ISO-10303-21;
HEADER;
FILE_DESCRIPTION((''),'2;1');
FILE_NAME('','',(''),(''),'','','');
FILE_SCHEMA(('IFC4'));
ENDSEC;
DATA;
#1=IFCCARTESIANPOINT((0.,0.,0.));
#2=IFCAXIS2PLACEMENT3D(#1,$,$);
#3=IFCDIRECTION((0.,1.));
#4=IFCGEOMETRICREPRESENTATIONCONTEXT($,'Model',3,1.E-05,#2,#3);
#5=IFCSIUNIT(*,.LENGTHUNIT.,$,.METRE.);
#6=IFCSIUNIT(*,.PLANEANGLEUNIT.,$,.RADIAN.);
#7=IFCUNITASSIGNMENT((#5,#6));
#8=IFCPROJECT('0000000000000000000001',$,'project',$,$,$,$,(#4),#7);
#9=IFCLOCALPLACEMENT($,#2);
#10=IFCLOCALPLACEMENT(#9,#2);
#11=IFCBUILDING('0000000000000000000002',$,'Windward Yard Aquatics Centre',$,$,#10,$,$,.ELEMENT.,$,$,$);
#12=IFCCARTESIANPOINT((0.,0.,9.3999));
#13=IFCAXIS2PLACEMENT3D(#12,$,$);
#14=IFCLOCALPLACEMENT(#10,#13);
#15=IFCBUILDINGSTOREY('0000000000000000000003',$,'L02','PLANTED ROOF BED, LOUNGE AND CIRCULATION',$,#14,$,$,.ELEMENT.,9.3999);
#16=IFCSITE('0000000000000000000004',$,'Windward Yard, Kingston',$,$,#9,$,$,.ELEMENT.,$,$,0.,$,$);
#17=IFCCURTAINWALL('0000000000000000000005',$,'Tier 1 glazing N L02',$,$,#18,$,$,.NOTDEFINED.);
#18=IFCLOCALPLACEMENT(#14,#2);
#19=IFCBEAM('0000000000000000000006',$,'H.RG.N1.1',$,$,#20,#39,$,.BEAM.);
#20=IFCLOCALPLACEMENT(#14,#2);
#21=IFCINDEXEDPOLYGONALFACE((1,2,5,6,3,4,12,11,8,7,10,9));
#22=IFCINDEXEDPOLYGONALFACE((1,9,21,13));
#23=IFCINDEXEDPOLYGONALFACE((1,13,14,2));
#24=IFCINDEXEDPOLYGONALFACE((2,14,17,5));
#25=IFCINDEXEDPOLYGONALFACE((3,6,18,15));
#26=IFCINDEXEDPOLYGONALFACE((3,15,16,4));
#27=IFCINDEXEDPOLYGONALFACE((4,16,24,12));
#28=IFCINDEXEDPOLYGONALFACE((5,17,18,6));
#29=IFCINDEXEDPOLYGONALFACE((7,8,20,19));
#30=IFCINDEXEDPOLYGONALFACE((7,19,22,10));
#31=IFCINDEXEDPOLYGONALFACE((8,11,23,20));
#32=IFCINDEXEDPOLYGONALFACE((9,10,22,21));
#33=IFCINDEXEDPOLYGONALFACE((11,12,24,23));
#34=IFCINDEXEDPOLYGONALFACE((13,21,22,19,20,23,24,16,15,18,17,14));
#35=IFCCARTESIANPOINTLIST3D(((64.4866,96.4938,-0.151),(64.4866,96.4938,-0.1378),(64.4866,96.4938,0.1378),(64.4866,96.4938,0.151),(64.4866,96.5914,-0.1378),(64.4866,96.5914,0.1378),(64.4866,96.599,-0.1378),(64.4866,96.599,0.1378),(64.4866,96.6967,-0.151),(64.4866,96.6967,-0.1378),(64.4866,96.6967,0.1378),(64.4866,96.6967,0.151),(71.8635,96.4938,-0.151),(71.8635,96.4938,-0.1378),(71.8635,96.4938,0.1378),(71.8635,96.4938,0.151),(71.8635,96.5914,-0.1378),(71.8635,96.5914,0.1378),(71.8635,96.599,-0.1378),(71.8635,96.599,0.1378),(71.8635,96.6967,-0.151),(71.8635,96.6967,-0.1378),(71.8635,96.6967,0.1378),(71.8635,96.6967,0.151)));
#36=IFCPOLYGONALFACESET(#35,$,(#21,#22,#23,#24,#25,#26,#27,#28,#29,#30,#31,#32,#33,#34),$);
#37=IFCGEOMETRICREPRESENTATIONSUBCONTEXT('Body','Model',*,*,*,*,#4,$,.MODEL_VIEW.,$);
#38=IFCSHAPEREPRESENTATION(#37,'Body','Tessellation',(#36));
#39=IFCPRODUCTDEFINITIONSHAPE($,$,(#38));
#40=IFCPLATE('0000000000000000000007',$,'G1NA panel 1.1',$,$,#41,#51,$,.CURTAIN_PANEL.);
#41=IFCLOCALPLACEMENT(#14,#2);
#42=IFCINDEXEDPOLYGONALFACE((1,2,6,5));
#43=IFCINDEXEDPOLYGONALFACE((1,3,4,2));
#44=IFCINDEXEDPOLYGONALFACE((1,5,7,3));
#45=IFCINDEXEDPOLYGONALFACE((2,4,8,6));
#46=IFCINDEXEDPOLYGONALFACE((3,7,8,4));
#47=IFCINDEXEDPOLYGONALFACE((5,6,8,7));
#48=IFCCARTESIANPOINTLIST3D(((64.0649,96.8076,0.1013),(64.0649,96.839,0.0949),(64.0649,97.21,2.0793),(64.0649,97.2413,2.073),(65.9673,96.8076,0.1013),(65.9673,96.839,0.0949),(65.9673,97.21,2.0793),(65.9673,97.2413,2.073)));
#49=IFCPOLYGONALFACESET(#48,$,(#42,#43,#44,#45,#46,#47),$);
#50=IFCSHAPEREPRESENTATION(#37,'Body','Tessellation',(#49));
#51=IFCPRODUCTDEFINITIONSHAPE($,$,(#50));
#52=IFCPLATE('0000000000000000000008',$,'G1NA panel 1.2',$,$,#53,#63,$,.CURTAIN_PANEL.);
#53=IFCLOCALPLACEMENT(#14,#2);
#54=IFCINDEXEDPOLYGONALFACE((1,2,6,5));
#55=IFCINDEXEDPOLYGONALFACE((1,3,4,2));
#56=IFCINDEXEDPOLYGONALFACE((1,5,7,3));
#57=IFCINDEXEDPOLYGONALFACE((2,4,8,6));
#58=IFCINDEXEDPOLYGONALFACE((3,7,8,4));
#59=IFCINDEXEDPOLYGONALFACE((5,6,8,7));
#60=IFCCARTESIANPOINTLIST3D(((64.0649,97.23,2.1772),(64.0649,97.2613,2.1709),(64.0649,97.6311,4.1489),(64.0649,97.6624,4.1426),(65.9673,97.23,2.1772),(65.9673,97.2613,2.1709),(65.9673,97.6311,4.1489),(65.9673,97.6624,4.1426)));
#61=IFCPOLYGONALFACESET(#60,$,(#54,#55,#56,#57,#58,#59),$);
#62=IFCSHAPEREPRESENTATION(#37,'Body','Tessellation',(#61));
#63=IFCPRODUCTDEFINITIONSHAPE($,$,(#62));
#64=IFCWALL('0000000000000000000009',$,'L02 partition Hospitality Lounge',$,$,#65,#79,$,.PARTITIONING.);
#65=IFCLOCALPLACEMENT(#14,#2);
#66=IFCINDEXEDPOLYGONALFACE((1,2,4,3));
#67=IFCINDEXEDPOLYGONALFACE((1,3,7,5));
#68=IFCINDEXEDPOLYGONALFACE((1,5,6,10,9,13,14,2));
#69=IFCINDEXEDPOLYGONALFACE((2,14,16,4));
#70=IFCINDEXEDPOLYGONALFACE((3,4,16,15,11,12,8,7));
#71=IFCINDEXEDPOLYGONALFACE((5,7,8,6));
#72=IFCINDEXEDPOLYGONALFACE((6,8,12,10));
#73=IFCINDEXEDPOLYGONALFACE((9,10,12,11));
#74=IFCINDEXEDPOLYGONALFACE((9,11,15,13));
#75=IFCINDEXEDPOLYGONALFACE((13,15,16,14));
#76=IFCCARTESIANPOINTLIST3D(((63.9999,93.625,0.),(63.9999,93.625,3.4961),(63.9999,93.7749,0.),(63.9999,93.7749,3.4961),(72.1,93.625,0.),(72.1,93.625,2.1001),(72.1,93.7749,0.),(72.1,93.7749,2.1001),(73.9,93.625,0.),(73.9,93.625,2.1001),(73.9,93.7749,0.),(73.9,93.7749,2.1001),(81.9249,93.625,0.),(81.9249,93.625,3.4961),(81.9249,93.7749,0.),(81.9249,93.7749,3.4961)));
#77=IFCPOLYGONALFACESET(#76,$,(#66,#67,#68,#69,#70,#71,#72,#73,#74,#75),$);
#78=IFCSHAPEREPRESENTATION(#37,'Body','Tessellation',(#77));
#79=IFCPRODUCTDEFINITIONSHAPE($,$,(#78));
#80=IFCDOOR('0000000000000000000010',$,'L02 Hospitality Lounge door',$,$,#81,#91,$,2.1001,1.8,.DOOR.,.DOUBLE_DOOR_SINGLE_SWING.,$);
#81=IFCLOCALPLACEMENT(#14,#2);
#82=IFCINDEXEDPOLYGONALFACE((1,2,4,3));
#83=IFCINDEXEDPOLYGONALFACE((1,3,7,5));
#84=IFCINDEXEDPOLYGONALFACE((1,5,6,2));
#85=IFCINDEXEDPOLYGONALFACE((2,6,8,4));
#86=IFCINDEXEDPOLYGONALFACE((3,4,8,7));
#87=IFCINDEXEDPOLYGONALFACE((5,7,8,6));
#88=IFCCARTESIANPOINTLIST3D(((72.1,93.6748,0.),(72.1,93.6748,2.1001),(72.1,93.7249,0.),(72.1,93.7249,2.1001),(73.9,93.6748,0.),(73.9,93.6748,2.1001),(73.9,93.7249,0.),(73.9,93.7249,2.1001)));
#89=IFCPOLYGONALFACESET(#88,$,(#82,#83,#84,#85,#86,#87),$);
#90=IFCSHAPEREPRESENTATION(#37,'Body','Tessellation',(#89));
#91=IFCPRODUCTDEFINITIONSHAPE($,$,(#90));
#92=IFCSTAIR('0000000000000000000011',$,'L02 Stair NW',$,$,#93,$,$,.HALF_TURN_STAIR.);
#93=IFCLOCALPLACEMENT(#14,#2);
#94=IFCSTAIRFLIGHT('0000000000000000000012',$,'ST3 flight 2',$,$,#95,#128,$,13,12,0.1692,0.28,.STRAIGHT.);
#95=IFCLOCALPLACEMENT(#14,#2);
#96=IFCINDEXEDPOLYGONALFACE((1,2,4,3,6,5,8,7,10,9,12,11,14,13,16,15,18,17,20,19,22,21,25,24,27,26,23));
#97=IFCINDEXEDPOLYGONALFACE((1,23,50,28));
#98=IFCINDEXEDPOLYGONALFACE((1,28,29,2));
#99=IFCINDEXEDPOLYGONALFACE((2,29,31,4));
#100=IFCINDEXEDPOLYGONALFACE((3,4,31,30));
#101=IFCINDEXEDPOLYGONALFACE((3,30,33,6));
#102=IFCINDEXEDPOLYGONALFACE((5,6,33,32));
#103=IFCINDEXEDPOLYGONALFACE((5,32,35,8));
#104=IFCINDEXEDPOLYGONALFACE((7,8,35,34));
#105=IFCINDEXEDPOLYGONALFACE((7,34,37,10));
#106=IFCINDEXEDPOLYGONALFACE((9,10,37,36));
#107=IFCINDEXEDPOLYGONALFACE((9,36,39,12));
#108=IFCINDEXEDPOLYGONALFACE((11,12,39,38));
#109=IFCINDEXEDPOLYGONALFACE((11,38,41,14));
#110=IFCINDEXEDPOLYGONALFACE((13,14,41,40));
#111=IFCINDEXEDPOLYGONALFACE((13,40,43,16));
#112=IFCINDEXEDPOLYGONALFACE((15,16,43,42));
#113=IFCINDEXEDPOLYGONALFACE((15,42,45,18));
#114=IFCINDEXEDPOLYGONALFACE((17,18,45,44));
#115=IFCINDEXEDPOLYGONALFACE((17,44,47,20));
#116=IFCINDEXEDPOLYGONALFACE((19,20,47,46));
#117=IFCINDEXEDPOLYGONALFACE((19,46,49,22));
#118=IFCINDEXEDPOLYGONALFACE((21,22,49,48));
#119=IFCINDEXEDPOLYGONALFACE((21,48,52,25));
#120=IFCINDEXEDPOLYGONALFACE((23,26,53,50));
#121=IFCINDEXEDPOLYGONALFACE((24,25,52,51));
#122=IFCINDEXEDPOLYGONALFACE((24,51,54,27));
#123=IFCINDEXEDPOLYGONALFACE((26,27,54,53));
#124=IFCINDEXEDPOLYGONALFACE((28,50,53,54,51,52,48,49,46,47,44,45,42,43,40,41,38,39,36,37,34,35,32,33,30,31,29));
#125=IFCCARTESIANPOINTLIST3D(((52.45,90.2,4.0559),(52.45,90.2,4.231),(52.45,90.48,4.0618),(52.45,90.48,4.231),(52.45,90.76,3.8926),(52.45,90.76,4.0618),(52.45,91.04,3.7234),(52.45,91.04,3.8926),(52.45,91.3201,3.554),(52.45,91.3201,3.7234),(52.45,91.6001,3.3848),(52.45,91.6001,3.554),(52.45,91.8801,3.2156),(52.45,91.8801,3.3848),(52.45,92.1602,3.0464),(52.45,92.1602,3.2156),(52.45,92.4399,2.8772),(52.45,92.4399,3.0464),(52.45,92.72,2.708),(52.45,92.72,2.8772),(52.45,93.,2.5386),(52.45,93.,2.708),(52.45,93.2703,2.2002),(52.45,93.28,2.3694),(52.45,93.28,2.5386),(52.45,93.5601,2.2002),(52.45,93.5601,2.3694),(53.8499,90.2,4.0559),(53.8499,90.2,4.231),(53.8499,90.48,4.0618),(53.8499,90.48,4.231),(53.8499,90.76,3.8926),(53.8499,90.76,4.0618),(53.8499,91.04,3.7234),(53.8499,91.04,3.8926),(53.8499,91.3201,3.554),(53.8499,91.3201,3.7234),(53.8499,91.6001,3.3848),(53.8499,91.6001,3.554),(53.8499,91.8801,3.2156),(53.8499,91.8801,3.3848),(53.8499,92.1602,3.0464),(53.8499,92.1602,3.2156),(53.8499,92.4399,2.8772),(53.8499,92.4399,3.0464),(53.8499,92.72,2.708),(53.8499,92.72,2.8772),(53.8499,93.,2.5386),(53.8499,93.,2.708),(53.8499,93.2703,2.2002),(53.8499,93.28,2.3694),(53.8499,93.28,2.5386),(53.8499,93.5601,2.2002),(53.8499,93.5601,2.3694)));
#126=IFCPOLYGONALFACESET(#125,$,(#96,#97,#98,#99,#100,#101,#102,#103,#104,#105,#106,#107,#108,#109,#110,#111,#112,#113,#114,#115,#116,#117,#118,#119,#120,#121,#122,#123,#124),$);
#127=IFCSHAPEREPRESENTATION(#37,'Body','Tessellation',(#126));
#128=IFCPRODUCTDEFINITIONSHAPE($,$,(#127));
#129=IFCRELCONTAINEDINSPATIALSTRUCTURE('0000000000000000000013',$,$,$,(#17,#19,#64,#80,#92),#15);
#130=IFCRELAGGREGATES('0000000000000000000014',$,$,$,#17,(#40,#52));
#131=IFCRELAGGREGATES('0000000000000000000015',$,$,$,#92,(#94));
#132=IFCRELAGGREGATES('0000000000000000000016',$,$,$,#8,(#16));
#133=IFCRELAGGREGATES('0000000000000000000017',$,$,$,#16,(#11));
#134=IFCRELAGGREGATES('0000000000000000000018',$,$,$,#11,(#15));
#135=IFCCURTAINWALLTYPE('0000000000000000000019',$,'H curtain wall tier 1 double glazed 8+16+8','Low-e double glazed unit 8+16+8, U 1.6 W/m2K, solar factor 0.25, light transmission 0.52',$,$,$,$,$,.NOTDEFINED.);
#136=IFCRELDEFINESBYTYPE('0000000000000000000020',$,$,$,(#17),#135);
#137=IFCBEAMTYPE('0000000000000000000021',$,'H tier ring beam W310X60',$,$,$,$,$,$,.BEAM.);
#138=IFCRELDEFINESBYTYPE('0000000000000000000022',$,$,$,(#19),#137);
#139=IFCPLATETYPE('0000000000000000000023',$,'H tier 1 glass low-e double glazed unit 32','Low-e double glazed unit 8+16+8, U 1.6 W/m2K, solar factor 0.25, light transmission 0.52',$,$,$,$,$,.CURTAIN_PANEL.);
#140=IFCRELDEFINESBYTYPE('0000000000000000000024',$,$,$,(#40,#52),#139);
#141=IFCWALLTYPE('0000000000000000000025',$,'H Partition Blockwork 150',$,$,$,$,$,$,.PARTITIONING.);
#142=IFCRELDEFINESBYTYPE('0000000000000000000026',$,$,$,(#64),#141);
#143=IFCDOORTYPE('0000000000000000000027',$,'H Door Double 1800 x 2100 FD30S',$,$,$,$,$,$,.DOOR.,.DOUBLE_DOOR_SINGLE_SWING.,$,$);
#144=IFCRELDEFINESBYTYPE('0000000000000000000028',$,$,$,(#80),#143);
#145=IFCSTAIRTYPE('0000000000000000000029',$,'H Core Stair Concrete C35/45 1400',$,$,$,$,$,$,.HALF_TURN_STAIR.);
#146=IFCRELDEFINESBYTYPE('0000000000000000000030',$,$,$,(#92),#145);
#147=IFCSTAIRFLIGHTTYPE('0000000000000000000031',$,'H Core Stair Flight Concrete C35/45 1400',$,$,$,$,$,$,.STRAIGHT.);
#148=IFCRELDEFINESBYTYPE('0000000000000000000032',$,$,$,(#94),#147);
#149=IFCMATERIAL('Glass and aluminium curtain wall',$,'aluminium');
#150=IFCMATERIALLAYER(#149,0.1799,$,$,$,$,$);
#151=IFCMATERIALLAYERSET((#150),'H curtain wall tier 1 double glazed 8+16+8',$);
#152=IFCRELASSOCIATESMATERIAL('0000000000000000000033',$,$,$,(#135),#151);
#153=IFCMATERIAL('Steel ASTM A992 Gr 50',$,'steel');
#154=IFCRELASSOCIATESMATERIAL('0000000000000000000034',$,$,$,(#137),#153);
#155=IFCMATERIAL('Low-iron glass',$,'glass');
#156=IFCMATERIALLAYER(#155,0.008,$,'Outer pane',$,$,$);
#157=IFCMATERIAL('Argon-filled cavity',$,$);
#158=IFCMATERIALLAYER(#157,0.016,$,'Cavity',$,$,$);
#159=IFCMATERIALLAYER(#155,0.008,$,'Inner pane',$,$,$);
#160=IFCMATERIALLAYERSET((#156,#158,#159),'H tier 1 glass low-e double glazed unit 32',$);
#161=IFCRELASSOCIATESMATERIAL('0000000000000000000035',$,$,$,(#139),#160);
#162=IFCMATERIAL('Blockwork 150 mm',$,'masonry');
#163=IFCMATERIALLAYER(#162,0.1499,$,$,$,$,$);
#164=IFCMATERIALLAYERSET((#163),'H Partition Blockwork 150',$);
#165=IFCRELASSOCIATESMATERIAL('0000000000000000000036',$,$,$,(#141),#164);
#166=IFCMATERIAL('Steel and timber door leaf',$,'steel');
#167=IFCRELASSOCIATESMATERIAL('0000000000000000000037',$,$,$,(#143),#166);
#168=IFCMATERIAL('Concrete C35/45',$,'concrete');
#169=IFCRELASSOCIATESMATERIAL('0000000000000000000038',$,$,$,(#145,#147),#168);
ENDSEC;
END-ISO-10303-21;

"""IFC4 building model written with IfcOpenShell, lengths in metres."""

from ifc_helpers import new_model, si_unit, direction, frame, frame_2d, origin, origin_2d, place, context, subcontext, project, spatial, polyline, rectangle, i_section, outline, extrude, material, layer, layer_set, material_profile, profile_set, type_object, element, fill, aggregate, save


model = new_model("IFC4")

# Units and contexts
model_context = context("Model", 3, precision=1e-05, world=origin(), true_north=direction((0.0, 1.0)))
body_context = subcontext(model_context, "Body", "Model", "MODEL_VIEW")
ifc_project = project(units=[si_unit("LENGTHUNIT", "METRE"), si_unit("PLANEANGLEUNIT", "RADIAN")], contexts=[model_context])

# Site, building, storey
site_placement = place(None, origin())
site = spatial("IfcSite", under=ifc_project, at=site_placement, Name="Windward Yard, Kingston", CompositionType="ELEMENT", RefElevation=0.0)
building_placement = place(site_placement, origin())
building = spatial("IfcBuilding", under=site, at=building_placement, Name="Windward Yard Aquatics Centre", CompositionType="ELEMENT")
storey_placement = place(building_placement, frame((0.0, 0.0, 9.3999)))
storey = spatial("IfcBuildingStorey", under=building, at=storey_placement, Name="L02", Description="PLANTED ROOF BED, LOUNGE AND CIRCULATION", CompositionType="ELEMENT", Elevation=9.3999)

# Curtain wall
ifc_material_1 = material(Name="Glass and aluminium curtain wall", Category="aluminium")
ifc_layer_1 = layer(ifc_material_1, 0.1799)
ifc_layer_set_1 = layer_set([ifc_layer_1], Name="H curtain wall tier 1 double glazed 8+16+8")
curtain_wall_type = type_object("IfcCurtainWallType", Name="H curtain wall tier 1 double glazed 8+16+8", Description="Low-e double glazed unit 8+16+8, U 1.6 W/m2K, solar factor 0.25, light transmission 0.52", PredefinedType="NOTDEFINED", material=ifc_layer_set_1)
curtain_wall_placement = place(storey_placement, origin())
curtain_wall = element("IfcCurtainWall", 1, at=curtain_wall_placement, inside=storey, type_object=curtain_wall_type, Name="Tier 1 glazing N L02", PredefinedType="NOTDEFINED")

# Beam
ifc_material_2 = material(Name="Steel ASTM A992 Gr 50", Category="steel")
ifc_material_profile_1 = material_profile(ifc_material_2, i_section(OverallWidth=0.2029, OverallDepth=0.302, WebThickness=0.0076, FlangeThickness=0.0132, at=origin_2d()), Name="W310X60")
ifc_profile_set_1 = profile_set([ifc_material_profile_1], Name="Steel ASTM A992 Gr 50")
beam_type = type_object("IfcBeamType", Name="H tier ring beam W310X60", PredefinedType="BEAM", material=ifc_profile_set_1)
beam_placement = place(storey_placement, frame((64.4866, 96.5952, 0.0), z_axis=(1.0, 0.0, 0.0), x_axis=(0.0, 1.0, 0.0)))
element("IfcBeam", 2, at=beam_placement, inside=storey, type_object=beam_type, Name="H.RG.N1.1", PredefinedType="BEAM", context=body_context, shape_type="SweptSolid", body=[
    extrude(i_section(OverallWidth=0.2029, OverallDepth=0.302, WebThickness=0.0076, FlangeThickness=0.0132, at=origin_2d()), origin(), (0.0, 0.0, 1.0), 7.377),
])

# Plates
ifc_material_3 = material(Name="Low-iron glass", Category="glass")
ifc_layer_2 = layer(ifc_material_3, 0.008, Name="Outer pane")
ifc_material_4 = material(Name="Argon-filled cavity")
ifc_layer_3 = layer(ifc_material_4, 0.016, Name="Cavity")
ifc_layer_4 = layer(ifc_material_3, 0.008, Name="Inner pane")
ifc_layer_set_2 = layer_set([ifc_layer_2, ifc_layer_3, ifc_layer_4], Name="H tier 1 glass low-e double glazed unit 32")
plate_type = type_object("IfcPlateType", Name="H tier 1 glass low-e double glazed unit 32", Description="Low-e double glazed unit 8+16+8, U 1.6 W/m2K, solar factor 0.25, light transmission 0.52", PredefinedType="CURTAIN_PANEL", material=ifc_layer_set_2)
plate_1_placement = place(storey_placement, frame((64.0649, 96.8076, 0.1013), z_axis=(0.0, -0.979933, 0.199325), x_axis=(1.0, 0.0, 0.0)))
plate_1 = element("IfcPlate", 3, at=plate_1_placement, type_object=plate_type, Name="G1NA panel 1.1", PredefinedType="CURTAIN_PANEL", context=body_context, shape_type="SweptSolid", body=[
    extrude(outline(polyline([(0.0, 0.0), (1.9023, 0.0), (1.9023, 2.0185), (0.0, 2.0185), (0.0, 0.0)])), origin(), (0.0, 0.0, -1.0), 0.032),
])
plate_2_placement = place(storey_placement, frame((64.0649, 97.23, 2.1772), z_axis=(0.0, -0.979927, 0.199359), x_axis=(1.0, 0.0, 0.0)))
plate_2 = element("IfcPlate", 4, at=plate_2_placement, type_object=plate_type, Name="G1NA panel 1.2", PredefinedType="CURTAIN_PANEL", context=body_context, shape_type="SweptSolid", body=[
    extrude(outline(polyline([(0.0, 0.0), (1.9023, 0.0), (1.9023, 2.0121), (0.0, 2.0121), (0.0, 0.0)])), origin(), (0.0, 0.0, -1.0), 0.032),
])
aggregate(curtain_wall, [plate_1, plate_2])

# Wall, opening, door
ifc_material_5 = material(Name="Blockwork 150 mm", Category="masonry")
ifc_layer_5 = layer(ifc_material_5, 0.1499)
ifc_layer_set_3 = layer_set([ifc_layer_5], Name="H Partition Blockwork 150")
wall_type = type_object("IfcWallType", Name="H Partition Blockwork 150", PredefinedType="PARTITIONING", material=ifc_layer_set_3)
wall_placement = place(storey_placement, frame((64.0, 93.7, 0.0), z_axis=(0.0, 0.0, 1.0), x_axis=(1.0, 0.0, 0.0)))
wall = element("IfcWall", 5, at=wall_placement, inside=storey, type_object=wall_type, Name="L02 partition Hospitality Lounge", PredefinedType="PARTITIONING", context=body_context, shape_type="SweptSolid", body=[
    extrude(rectangle(XDim=17.925, YDim=0.1499, at=frame_2d((8.9624, 0.0))), origin(), (0.0, 0.0, 1.0), 3.4961),
])
opening_placement = place(wall_placement, frame((8.1001, 0.0, 0.0)))
opening = element("IfcOpeningElement", 6, at=opening_placement, cuts=wall, PredefinedType="OPENING", context=body_context, shape_type="SweptSolid", body=[
    extrude(rectangle(XDim=1.8, YDim=2.1001, at=frame_2d((0.8999, 1.05))), frame((0.0, 0.085, 0.0), z_axis=(0.0, -1.0, 0.0), x_axis=(1.0, 0.0, 0.0)), (0.0, 0.0, 1.0), 0.1699),
])
ifc_material_6 = material(Name="Steel and timber door leaf", Category="steel")
door_type = type_object("IfcDoorType", Name="H Door Double 1800 x 2100 FD30S", OperationType="DOUBLE_DOOR_SINGLE_SWING", PredefinedType="DOOR", material=ifc_material_6)
door_placement = place(opening_placement, origin())
door = element("IfcDoor", 7, at=door_placement, inside=storey, type_object=door_type, Name="L02 Hospitality Lounge door", OperationType="DOUBLE_DOOR_SINGLE_SWING", OverallHeight=2.1001, OverallWidth=1.8, PredefinedType="DOOR", context=body_context, shape_type="SweptSolid", body=[
    extrude(rectangle(XDim=1.8, YDim=2.1001, at=frame_2d((0.8999, 1.05))), frame((0.0, 0.0249, 0.0), z_axis=(0.0, -1.0, 0.0), x_axis=(1.0, 0.0, 0.0)), (0.0, 0.0, 1.0), 0.05),
])
fill(opening, door)

# Stair, stair flight
ifc_material_7 = material(Name="Concrete C35/45", Category="concrete")
stair_type = type_object("IfcStairType", Name="H Core Stair Concrete C35/45 1400", PredefinedType="HALF_TURN_STAIR", material=ifc_material_7)
stair_placement = place(storey_placement, origin())
stair = element("IfcStair", 8, at=stair_placement, inside=storey, type_object=stair_type, Name="L02 Stair NW", PredefinedType="HALF_TURN_STAIR")
stair_flight_type = type_object("IfcStairFlightType", Name="H Core Stair Flight Concrete C35/45 1400", PredefinedType="STRAIGHT", material=ifc_material_7)
stair_flight_placement = place(storey_placement, frame((53.1499, 93.5601, 2.2002), z_axis=(0.0, 0.0, 1.0), x_axis=(0.0, -1.0, 0.0)))
stair_flight = element("IfcStairFlight", 9, at=stair_flight_placement, type_object=stair_flight_type, Name="ST3 flight 2", NumberOfRisers=13, NumberOfTreads=12, PredefinedType="STRAIGHT", RiserHeight=0.1692, TreadLength=0.28, context=body_context, shape_type="SweptSolid", body=[
    extrude(outline(polyline([(0.0, 0.0), (0.0, 0.1692), (0.28, 0.1692), (0.28, 0.3384), (0.5601, 0.3384), (0.5601, 0.5078), (0.8401, 0.5078), (0.8401, 0.677), (1.1201, 0.677), (1.1201, 0.8462), (1.3999, 0.8462), (1.3999, 1.0154), (1.6799, 1.0154), (1.6799, 1.1846), (1.96, 1.1846), (1.96, 1.3538), (2.24, 1.3538), (2.24, 1.5232), (2.52, 1.5232), (2.52, 1.6924), (2.8, 1.6924), (2.8, 1.8616), (3.0801, 1.8616), (3.0801, 2.0308), (3.3601, 2.0308), (3.3601, 2.2), (3.3601, 1.8557), (0.2898, 0.0), (0.0, 0.0)])), frame((0.0, 0.7, 0.0), z_axis=(0.0, -1.0, 0.0), x_axis=(1.0, 0.0, 0.0)), (0.0, 0.0, 1.0), 1.3999),
])
aggregate(stair, [stair_flight])

save(model, "model.ifc")
